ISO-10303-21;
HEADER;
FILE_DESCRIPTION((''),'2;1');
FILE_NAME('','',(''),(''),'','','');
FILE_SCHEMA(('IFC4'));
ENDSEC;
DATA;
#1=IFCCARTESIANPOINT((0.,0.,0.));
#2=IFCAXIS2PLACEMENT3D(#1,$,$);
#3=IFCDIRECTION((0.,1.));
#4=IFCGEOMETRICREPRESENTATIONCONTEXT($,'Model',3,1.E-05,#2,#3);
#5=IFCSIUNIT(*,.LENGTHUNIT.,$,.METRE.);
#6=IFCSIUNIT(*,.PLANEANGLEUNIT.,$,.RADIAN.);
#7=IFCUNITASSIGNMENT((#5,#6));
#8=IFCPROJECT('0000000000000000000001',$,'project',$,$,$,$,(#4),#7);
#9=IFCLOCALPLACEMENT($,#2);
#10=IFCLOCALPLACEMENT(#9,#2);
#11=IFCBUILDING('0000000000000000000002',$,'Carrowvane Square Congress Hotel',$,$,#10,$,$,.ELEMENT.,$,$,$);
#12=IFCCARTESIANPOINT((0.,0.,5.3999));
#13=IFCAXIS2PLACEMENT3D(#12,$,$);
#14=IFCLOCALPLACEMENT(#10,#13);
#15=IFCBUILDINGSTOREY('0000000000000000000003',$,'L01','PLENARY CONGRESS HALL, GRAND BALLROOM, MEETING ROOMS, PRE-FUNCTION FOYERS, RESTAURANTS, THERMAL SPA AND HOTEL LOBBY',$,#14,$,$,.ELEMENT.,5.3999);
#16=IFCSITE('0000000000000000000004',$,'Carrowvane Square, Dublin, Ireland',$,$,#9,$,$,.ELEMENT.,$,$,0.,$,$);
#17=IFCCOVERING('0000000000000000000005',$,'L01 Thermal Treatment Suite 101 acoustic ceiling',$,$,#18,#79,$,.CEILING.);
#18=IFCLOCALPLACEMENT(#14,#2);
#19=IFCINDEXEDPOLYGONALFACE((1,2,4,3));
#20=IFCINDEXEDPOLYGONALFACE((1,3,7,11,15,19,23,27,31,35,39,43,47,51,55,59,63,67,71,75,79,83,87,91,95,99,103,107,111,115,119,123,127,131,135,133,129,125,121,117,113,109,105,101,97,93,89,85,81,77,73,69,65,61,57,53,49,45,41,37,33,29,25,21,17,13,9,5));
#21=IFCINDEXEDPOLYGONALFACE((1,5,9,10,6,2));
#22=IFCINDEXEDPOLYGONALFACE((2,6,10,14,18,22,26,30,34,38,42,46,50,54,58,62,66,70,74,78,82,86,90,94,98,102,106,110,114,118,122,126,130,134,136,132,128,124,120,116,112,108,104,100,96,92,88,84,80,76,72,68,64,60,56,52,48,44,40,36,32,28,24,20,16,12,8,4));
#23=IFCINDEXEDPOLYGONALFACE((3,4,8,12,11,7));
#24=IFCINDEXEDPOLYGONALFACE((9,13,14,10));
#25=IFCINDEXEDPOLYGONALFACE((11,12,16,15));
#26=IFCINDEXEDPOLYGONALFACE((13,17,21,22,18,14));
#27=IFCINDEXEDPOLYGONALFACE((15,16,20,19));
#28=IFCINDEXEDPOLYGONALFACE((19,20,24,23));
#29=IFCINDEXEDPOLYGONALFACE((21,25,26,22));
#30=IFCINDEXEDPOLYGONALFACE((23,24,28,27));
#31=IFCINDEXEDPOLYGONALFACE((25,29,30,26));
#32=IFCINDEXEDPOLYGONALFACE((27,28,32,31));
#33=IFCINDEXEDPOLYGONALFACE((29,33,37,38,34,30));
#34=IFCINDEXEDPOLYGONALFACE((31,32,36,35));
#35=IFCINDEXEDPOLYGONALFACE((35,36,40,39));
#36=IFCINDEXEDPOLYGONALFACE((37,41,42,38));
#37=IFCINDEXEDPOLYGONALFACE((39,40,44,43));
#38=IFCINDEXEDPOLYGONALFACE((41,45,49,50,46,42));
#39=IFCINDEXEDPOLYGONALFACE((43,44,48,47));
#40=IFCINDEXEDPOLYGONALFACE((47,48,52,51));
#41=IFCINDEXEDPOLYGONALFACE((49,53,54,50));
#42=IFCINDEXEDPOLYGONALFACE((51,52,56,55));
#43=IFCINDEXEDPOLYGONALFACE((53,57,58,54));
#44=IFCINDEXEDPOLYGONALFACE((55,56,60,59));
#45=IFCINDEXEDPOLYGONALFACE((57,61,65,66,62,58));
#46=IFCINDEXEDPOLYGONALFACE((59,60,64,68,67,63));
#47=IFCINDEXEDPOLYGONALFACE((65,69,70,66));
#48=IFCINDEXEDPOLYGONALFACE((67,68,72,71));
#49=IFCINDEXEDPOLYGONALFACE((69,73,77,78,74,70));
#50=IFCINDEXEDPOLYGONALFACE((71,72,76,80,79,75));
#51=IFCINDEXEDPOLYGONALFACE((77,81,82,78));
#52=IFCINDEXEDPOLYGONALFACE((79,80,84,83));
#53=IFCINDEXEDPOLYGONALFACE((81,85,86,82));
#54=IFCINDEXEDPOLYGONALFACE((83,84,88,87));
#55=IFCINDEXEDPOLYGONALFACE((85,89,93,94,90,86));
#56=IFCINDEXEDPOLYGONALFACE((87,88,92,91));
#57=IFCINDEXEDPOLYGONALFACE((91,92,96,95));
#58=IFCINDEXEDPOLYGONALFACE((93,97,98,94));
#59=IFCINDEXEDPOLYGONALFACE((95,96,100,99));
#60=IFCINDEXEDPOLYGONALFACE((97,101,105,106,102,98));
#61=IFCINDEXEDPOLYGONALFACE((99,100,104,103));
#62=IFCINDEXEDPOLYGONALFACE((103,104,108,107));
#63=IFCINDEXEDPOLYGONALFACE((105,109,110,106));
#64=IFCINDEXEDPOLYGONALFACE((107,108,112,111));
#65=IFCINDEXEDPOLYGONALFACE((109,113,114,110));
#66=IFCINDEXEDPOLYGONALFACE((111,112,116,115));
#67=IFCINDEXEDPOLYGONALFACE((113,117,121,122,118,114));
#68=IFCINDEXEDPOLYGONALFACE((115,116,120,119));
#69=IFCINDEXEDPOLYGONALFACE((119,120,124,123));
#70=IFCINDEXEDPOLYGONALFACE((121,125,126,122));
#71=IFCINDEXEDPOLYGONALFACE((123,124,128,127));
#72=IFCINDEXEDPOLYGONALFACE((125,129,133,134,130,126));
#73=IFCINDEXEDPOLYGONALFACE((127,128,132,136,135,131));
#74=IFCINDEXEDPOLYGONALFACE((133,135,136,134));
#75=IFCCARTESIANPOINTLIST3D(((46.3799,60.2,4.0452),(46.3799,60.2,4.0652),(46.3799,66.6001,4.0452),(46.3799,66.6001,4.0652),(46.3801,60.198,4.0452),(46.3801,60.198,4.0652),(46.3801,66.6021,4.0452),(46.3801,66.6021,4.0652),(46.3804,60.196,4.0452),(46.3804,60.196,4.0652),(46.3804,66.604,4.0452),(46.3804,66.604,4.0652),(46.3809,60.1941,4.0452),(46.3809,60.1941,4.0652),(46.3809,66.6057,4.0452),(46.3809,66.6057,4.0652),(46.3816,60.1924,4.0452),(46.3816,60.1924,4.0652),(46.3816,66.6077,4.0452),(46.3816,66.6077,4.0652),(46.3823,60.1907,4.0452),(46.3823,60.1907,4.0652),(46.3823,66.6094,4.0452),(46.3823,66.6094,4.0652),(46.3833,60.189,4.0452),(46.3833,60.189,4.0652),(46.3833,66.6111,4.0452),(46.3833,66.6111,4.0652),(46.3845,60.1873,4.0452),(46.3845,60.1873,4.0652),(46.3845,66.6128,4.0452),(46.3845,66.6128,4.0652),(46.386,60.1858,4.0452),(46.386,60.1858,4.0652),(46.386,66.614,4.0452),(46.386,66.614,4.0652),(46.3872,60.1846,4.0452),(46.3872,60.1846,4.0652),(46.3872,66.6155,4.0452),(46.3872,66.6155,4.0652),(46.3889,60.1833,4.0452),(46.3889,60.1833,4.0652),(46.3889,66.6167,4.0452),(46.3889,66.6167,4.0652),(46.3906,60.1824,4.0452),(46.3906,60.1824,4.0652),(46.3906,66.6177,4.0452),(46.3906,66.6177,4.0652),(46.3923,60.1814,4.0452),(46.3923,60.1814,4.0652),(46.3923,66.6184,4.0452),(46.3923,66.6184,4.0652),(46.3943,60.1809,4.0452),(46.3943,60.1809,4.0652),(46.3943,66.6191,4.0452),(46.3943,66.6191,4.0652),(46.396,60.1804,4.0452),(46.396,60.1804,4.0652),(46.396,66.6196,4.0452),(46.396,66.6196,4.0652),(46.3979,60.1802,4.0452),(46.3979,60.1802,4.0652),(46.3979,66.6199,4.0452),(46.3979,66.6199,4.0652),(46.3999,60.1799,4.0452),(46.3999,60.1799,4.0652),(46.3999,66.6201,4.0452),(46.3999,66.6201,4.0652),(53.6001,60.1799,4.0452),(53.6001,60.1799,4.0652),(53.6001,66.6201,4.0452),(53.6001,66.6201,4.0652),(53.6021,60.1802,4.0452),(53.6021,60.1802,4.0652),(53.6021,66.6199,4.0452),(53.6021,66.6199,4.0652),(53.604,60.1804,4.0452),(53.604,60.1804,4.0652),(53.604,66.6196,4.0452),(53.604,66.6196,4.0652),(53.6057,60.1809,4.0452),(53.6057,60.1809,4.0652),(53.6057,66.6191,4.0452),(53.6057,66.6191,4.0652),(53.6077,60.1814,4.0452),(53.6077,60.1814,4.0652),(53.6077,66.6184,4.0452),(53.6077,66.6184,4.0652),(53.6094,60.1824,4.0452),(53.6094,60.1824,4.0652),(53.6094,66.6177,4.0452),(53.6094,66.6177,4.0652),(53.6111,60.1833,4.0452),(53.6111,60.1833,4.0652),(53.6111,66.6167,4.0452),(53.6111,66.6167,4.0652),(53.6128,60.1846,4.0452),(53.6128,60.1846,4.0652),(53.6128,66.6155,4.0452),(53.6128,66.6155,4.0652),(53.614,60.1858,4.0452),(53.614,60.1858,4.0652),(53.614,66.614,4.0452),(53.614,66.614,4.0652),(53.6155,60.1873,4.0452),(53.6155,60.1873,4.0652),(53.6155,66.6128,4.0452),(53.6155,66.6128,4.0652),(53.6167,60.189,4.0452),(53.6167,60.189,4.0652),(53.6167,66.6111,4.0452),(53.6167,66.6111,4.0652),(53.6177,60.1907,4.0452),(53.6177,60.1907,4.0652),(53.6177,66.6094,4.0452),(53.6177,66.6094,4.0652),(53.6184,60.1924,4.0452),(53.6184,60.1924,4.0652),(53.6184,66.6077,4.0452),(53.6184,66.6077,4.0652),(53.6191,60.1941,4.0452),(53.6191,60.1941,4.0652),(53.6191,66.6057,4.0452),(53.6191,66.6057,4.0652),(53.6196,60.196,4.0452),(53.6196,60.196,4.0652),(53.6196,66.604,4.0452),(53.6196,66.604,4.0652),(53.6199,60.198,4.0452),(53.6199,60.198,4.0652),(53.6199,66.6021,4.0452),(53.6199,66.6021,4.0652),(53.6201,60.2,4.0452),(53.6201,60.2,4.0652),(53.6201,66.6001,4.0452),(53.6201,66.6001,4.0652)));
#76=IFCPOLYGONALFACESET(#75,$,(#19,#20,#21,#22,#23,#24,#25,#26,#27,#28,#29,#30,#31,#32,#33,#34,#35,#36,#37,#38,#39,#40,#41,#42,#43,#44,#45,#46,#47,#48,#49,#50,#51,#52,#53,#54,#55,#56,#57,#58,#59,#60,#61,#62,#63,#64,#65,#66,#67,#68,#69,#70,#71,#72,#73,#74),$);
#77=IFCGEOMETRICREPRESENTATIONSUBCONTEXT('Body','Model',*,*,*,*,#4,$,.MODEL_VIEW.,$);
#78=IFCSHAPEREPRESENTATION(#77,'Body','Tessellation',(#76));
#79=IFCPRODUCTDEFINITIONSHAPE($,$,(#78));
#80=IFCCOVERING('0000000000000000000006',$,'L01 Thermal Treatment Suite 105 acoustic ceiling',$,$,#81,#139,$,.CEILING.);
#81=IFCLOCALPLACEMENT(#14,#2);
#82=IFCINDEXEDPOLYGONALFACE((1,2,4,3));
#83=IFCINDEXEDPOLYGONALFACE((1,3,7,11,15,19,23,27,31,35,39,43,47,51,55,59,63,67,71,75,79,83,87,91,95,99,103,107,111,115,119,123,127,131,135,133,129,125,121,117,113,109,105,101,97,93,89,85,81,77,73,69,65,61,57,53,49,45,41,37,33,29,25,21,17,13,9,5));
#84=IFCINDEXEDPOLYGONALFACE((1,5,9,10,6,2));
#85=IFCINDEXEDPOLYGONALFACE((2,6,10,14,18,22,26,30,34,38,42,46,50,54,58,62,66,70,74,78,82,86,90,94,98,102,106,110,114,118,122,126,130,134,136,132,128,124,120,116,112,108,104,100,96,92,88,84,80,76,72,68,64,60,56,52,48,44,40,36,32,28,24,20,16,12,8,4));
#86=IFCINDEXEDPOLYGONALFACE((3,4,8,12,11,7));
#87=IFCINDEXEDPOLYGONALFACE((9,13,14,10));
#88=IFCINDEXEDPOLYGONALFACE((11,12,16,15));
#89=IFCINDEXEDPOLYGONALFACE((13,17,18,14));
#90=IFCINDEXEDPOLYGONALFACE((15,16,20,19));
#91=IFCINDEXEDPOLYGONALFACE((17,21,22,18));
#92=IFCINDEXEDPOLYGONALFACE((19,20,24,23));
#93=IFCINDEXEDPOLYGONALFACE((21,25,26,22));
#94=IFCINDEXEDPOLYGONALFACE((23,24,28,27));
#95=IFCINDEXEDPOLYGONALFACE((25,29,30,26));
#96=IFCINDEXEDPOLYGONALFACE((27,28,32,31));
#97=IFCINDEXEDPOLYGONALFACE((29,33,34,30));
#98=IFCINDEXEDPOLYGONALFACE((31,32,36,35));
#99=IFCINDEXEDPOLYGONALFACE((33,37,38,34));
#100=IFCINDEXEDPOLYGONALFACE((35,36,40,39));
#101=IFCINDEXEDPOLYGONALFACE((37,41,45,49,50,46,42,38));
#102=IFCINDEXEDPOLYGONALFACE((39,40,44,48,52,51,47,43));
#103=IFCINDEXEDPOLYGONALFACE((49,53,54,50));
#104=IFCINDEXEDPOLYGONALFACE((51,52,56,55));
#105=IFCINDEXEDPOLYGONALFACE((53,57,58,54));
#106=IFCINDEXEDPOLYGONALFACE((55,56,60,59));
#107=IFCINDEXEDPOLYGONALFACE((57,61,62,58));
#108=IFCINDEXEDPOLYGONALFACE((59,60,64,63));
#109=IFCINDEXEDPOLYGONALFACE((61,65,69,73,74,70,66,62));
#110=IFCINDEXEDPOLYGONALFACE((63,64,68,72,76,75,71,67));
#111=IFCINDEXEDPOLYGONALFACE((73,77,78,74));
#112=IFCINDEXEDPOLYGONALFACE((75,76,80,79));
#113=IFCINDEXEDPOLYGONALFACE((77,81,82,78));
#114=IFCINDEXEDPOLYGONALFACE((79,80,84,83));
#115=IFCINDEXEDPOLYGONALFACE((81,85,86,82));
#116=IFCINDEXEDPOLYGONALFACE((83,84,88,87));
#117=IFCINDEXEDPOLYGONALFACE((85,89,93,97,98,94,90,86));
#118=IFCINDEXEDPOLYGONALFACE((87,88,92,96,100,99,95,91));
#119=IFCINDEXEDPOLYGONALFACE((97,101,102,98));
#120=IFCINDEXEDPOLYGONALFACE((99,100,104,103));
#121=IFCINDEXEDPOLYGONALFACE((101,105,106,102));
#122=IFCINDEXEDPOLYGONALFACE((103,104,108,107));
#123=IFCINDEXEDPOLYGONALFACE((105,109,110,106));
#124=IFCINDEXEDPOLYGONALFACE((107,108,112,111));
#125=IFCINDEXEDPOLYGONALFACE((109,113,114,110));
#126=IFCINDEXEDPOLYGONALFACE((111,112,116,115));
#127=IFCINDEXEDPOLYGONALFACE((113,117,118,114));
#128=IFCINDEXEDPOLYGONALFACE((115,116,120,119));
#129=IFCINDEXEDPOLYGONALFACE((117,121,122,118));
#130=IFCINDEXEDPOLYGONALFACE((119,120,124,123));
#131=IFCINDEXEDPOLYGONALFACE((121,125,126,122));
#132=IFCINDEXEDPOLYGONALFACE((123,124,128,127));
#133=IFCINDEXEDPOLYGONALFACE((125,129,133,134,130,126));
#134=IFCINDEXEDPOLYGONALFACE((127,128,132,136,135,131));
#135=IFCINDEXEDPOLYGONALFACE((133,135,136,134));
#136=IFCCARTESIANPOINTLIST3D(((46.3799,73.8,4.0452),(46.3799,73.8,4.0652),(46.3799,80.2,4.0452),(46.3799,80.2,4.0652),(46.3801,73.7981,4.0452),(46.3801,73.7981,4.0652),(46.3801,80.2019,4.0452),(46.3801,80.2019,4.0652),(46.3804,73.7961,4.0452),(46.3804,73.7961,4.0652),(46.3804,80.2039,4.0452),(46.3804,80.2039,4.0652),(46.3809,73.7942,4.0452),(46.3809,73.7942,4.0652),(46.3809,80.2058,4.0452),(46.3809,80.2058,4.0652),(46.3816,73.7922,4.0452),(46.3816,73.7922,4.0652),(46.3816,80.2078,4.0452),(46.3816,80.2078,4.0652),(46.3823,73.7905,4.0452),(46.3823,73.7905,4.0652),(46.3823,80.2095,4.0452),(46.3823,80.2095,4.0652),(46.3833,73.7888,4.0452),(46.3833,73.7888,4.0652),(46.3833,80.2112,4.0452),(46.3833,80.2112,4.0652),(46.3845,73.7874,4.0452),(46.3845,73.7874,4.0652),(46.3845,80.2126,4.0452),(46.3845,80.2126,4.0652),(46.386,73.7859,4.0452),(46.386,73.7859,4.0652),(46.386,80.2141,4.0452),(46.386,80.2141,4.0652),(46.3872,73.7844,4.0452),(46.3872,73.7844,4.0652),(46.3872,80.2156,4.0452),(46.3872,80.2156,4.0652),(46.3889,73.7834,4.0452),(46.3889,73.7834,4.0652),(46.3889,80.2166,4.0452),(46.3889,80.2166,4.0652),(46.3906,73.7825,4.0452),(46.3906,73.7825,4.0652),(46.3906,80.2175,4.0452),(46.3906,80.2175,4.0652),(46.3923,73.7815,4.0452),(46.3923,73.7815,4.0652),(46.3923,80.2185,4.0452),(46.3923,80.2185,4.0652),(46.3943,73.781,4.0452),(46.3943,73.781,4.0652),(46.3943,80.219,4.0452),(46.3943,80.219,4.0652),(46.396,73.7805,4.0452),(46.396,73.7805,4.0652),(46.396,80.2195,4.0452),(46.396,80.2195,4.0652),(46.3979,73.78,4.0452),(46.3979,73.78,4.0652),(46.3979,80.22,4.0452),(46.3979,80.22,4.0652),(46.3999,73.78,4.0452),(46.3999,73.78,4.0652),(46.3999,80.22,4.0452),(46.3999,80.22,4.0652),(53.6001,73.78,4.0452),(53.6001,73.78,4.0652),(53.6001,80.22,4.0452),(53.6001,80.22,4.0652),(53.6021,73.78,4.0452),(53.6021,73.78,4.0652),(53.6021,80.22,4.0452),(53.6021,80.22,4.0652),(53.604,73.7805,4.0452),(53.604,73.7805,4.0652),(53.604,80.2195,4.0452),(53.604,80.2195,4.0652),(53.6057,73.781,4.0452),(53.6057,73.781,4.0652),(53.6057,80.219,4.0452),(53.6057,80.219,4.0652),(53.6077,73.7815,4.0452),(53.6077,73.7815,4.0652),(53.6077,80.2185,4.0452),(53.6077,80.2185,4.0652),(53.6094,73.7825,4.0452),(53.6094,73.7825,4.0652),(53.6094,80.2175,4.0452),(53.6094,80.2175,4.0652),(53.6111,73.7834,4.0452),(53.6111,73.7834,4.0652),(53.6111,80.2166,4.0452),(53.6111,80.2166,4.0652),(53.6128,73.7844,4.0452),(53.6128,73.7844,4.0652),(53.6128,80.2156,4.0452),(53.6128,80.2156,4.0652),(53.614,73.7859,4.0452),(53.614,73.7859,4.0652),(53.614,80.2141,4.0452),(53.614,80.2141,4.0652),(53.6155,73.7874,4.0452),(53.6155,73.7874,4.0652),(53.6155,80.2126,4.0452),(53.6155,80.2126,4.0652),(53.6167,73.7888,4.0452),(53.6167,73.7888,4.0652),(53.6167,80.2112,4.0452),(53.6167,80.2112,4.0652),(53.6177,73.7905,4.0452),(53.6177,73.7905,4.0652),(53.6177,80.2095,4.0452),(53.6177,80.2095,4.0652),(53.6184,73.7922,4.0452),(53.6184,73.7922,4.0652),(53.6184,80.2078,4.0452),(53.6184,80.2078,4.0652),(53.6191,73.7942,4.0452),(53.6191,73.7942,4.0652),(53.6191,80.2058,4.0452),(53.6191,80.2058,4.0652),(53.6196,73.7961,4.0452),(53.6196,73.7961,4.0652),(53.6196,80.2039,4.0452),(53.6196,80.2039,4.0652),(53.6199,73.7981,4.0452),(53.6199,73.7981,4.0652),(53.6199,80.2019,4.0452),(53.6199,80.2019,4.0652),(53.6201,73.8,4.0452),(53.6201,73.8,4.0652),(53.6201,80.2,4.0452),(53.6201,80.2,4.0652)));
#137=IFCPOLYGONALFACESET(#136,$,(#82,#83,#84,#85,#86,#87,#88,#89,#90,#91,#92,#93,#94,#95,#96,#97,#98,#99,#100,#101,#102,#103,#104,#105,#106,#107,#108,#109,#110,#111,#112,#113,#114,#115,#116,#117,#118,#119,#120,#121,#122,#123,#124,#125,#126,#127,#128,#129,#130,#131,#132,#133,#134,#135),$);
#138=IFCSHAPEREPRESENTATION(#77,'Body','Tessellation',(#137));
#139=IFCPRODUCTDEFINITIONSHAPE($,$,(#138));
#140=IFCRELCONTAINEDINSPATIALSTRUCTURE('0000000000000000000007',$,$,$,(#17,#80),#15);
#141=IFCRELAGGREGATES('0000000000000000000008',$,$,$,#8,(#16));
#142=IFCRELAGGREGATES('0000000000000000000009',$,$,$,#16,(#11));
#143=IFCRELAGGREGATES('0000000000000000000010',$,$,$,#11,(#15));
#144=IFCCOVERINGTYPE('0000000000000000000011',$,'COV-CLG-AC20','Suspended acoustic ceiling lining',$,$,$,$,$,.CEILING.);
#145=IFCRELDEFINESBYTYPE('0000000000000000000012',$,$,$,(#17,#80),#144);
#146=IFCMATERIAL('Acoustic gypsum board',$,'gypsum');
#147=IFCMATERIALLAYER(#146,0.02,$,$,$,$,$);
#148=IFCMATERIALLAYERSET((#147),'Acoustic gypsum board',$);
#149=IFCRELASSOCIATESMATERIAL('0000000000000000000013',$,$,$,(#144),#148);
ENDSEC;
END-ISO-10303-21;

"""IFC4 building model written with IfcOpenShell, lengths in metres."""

from ifc_helpers import new_model, si_unit, direction, frame, origin, place, context, subcontext, project, spatial, polyline, outline, extrude, material, layer, layer_set, type_object, element, save


model = new_model("IFC4")

# Units and contexts
model_context = context("Model", 3, precision=1e-05, world=origin(), true_north=direction((0.0, 1.0)))
body_context = subcontext(model_context, "Body", "Model", "MODEL_VIEW")
ifc_project = project(units=[si_unit("LENGTHUNIT", "METRE"), si_unit("PLANEANGLEUNIT", "RADIAN")], contexts=[model_context])

# Site, building, storey
site_placement = place(None, origin())
site = spatial("IfcSite", under=ifc_project, at=site_placement, Name="Carrowvane Square, Dublin, Ireland", CompositionType="ELEMENT", RefElevation=0.0)
building_placement = place(site_placement, origin())
building = spatial("IfcBuilding", under=site, at=building_placement, Name="Carrowvane Square Congress Hotel", CompositionType="ELEMENT")
storey_placement = place(building_placement, frame((0.0, 0.0, 5.3999)))
storey = spatial("IfcBuildingStorey", under=building, at=storey_placement, Name="L01", Description="PLENARY CONGRESS HALL, GRAND BALLROOM, MEETING ROOMS, PRE-FUNCTION FOYERS, RESTAURANTS, THERMAL SPA AND HOTEL LOBBY", CompositionType="ELEMENT", Elevation=5.3999)

# Coverings
ifc_material_1 = material(Name="Acoustic gypsum board", Category="gypsum")
ifc_layer_1 = layer(ifc_material_1, 0.02)
ifc_layer_set_1 = layer_set([ifc_layer_1], Name="Acoustic gypsum board")
covering_type_1 = type_object("IfcCoveringType", Name="COV-CLG-AC20", Description="Suspended acoustic ceiling lining", PredefinedType="CEILING", material=ifc_layer_set_1)
covering_1_placement = place(storey_placement, frame((0.0, 0.0, 4.0452)))
element("IfcCovering", 1, at=covering_1_placement, inside=storey, type_object=covering_type_1, Name="L01 Thermal Treatment Suite 101 acoustic ceiling", PredefinedType="CEILING", context=body_context, shape_type="SweptSolid", body=[
    extrude(outline(polyline([(46.3801, 66.6021), (46.3804, 66.604), (46.3809, 66.6057), (46.3816, 66.6077), (46.3823, 66.6094), (46.3833, 66.6111), (46.3845, 66.6128), (46.386, 66.614), (46.3872, 66.6155), (46.3889, 66.6167), (46.3906, 66.6177), (46.3923, 66.6184), (46.3943, 66.6191), (46.396, 66.6196), (46.3979, 66.6199), (46.3999, 66.6201), (53.6001, 66.6201), (53.6021, 66.6199), (53.604, 66.6196), (53.6057, 66.6191), (53.6077, 66.6184), (53.6094, 66.6177), (53.6111, 66.6167), (53.6128, 66.6155), (53.614, 66.614), (53.6155, 66.6128), (53.6167, 66.6111), (53.6177, 66.6094), (53.6184, 66.6077), (53.6191, 66.6057), (53.6196, 66.604), (53.6199, 66.6021), (53.6201, 66.6001), (53.6201, 60.2), (53.6199, 60.198), (53.6196, 60.196), (53.6191, 60.1941), (53.6184, 60.1924), (53.6177, 60.1907), (53.6167, 60.189), (53.6155, 60.1873), (53.614, 60.1858), (53.6128, 60.1846), (53.6111, 60.1833), (53.6094, 60.1824), (53.6077, 60.1814), (53.6057, 60.1809), (53.604, 60.1804), (53.6021, 60.1802), (53.6001, 60.1799), (46.3999, 60.1799), (46.3979, 60.1802), (46.396, 60.1804), (46.3943, 60.1809), (46.3923, 60.1814), (46.3906, 60.1824), (46.3889, 60.1833), (46.3872, 60.1846), (46.386, 60.1858), (46.3845, 60.1873), (46.3833, 60.189), (46.3823, 60.1907), (46.3816, 60.1924), (46.3809, 60.1941), (46.3804, 60.196), (46.3801, 60.198), (46.3799, 60.2), (46.3799, 66.6001), (46.3801, 66.6021)])), origin(), (0.0, 0.0, 1.0), 0.02),
])
covering_2_placement = place(storey_placement, frame((0.0, 0.0, 4.0452)))
element("IfcCovering", 2, at=covering_2_placement, inside=storey, type_object=covering_type_1, Name="L01 Thermal Treatment Suite 105 acoustic ceiling", PredefinedType="CEILING", context=body_context, shape_type="SweptSolid", body=[
    extrude(outline(polyline([(46.3801, 80.2019), (46.3804, 80.2039), (46.3809, 80.2058), (46.3816, 80.2078), (46.3823, 80.2095), (46.3833, 80.2112), (46.3845, 80.2126), (46.386, 80.2141), (46.3872, 80.2156), (46.3889, 80.2166), (46.3906, 80.2175), (46.3923, 80.2185), (46.3943, 80.219), (46.396, 80.2195), (46.3979, 80.22), (46.3999, 80.22), (53.6001, 80.22), (53.6021, 80.22), (53.604, 80.2195), (53.6057, 80.219), (53.6077, 80.2185), (53.6094, 80.2175), (53.6111, 80.2166), (53.6128, 80.2156), (53.614, 80.2141), (53.6155, 80.2126), (53.6167, 80.2112), (53.6177, 80.2095), (53.6184, 80.2078), (53.6191, 80.2058), (53.6196, 80.2039), (53.6199, 80.2019), (53.6201, 80.2), (53.6201, 73.8), (53.6199, 73.7981), (53.6196, 73.7961), (53.6191, 73.7942), (53.6184, 73.7922), (53.6177, 73.7905), (53.6167, 73.7888), (53.6155, 73.7874), (53.614, 73.7859), (53.6128, 73.7844), (53.6111, 73.7834), (53.6094, 73.7825), (53.6077, 73.7815), (53.6057, 73.781), (53.604, 73.7805), (53.6021, 73.78), (53.6001, 73.78), (46.3999, 73.78), (46.3979, 73.78), (46.396, 73.7805), (46.3943, 73.781), (46.3923, 73.7815), (46.3906, 73.7825), (46.3889, 73.7834), (46.3872, 73.7844), (46.386, 73.7859), (46.3845, 73.7874), (46.3833, 73.7888), (46.3823, 73.7905), (46.3816, 73.7922), (46.3809, 73.7942), (46.3804, 73.7961), (46.3801, 73.7981), (46.3799, 73.8), (46.3799, 80.2), (46.3801, 80.2019)])), origin(), (0.0, 0.0, 1.0), 0.02),
])

save(model, "model.ifc")
